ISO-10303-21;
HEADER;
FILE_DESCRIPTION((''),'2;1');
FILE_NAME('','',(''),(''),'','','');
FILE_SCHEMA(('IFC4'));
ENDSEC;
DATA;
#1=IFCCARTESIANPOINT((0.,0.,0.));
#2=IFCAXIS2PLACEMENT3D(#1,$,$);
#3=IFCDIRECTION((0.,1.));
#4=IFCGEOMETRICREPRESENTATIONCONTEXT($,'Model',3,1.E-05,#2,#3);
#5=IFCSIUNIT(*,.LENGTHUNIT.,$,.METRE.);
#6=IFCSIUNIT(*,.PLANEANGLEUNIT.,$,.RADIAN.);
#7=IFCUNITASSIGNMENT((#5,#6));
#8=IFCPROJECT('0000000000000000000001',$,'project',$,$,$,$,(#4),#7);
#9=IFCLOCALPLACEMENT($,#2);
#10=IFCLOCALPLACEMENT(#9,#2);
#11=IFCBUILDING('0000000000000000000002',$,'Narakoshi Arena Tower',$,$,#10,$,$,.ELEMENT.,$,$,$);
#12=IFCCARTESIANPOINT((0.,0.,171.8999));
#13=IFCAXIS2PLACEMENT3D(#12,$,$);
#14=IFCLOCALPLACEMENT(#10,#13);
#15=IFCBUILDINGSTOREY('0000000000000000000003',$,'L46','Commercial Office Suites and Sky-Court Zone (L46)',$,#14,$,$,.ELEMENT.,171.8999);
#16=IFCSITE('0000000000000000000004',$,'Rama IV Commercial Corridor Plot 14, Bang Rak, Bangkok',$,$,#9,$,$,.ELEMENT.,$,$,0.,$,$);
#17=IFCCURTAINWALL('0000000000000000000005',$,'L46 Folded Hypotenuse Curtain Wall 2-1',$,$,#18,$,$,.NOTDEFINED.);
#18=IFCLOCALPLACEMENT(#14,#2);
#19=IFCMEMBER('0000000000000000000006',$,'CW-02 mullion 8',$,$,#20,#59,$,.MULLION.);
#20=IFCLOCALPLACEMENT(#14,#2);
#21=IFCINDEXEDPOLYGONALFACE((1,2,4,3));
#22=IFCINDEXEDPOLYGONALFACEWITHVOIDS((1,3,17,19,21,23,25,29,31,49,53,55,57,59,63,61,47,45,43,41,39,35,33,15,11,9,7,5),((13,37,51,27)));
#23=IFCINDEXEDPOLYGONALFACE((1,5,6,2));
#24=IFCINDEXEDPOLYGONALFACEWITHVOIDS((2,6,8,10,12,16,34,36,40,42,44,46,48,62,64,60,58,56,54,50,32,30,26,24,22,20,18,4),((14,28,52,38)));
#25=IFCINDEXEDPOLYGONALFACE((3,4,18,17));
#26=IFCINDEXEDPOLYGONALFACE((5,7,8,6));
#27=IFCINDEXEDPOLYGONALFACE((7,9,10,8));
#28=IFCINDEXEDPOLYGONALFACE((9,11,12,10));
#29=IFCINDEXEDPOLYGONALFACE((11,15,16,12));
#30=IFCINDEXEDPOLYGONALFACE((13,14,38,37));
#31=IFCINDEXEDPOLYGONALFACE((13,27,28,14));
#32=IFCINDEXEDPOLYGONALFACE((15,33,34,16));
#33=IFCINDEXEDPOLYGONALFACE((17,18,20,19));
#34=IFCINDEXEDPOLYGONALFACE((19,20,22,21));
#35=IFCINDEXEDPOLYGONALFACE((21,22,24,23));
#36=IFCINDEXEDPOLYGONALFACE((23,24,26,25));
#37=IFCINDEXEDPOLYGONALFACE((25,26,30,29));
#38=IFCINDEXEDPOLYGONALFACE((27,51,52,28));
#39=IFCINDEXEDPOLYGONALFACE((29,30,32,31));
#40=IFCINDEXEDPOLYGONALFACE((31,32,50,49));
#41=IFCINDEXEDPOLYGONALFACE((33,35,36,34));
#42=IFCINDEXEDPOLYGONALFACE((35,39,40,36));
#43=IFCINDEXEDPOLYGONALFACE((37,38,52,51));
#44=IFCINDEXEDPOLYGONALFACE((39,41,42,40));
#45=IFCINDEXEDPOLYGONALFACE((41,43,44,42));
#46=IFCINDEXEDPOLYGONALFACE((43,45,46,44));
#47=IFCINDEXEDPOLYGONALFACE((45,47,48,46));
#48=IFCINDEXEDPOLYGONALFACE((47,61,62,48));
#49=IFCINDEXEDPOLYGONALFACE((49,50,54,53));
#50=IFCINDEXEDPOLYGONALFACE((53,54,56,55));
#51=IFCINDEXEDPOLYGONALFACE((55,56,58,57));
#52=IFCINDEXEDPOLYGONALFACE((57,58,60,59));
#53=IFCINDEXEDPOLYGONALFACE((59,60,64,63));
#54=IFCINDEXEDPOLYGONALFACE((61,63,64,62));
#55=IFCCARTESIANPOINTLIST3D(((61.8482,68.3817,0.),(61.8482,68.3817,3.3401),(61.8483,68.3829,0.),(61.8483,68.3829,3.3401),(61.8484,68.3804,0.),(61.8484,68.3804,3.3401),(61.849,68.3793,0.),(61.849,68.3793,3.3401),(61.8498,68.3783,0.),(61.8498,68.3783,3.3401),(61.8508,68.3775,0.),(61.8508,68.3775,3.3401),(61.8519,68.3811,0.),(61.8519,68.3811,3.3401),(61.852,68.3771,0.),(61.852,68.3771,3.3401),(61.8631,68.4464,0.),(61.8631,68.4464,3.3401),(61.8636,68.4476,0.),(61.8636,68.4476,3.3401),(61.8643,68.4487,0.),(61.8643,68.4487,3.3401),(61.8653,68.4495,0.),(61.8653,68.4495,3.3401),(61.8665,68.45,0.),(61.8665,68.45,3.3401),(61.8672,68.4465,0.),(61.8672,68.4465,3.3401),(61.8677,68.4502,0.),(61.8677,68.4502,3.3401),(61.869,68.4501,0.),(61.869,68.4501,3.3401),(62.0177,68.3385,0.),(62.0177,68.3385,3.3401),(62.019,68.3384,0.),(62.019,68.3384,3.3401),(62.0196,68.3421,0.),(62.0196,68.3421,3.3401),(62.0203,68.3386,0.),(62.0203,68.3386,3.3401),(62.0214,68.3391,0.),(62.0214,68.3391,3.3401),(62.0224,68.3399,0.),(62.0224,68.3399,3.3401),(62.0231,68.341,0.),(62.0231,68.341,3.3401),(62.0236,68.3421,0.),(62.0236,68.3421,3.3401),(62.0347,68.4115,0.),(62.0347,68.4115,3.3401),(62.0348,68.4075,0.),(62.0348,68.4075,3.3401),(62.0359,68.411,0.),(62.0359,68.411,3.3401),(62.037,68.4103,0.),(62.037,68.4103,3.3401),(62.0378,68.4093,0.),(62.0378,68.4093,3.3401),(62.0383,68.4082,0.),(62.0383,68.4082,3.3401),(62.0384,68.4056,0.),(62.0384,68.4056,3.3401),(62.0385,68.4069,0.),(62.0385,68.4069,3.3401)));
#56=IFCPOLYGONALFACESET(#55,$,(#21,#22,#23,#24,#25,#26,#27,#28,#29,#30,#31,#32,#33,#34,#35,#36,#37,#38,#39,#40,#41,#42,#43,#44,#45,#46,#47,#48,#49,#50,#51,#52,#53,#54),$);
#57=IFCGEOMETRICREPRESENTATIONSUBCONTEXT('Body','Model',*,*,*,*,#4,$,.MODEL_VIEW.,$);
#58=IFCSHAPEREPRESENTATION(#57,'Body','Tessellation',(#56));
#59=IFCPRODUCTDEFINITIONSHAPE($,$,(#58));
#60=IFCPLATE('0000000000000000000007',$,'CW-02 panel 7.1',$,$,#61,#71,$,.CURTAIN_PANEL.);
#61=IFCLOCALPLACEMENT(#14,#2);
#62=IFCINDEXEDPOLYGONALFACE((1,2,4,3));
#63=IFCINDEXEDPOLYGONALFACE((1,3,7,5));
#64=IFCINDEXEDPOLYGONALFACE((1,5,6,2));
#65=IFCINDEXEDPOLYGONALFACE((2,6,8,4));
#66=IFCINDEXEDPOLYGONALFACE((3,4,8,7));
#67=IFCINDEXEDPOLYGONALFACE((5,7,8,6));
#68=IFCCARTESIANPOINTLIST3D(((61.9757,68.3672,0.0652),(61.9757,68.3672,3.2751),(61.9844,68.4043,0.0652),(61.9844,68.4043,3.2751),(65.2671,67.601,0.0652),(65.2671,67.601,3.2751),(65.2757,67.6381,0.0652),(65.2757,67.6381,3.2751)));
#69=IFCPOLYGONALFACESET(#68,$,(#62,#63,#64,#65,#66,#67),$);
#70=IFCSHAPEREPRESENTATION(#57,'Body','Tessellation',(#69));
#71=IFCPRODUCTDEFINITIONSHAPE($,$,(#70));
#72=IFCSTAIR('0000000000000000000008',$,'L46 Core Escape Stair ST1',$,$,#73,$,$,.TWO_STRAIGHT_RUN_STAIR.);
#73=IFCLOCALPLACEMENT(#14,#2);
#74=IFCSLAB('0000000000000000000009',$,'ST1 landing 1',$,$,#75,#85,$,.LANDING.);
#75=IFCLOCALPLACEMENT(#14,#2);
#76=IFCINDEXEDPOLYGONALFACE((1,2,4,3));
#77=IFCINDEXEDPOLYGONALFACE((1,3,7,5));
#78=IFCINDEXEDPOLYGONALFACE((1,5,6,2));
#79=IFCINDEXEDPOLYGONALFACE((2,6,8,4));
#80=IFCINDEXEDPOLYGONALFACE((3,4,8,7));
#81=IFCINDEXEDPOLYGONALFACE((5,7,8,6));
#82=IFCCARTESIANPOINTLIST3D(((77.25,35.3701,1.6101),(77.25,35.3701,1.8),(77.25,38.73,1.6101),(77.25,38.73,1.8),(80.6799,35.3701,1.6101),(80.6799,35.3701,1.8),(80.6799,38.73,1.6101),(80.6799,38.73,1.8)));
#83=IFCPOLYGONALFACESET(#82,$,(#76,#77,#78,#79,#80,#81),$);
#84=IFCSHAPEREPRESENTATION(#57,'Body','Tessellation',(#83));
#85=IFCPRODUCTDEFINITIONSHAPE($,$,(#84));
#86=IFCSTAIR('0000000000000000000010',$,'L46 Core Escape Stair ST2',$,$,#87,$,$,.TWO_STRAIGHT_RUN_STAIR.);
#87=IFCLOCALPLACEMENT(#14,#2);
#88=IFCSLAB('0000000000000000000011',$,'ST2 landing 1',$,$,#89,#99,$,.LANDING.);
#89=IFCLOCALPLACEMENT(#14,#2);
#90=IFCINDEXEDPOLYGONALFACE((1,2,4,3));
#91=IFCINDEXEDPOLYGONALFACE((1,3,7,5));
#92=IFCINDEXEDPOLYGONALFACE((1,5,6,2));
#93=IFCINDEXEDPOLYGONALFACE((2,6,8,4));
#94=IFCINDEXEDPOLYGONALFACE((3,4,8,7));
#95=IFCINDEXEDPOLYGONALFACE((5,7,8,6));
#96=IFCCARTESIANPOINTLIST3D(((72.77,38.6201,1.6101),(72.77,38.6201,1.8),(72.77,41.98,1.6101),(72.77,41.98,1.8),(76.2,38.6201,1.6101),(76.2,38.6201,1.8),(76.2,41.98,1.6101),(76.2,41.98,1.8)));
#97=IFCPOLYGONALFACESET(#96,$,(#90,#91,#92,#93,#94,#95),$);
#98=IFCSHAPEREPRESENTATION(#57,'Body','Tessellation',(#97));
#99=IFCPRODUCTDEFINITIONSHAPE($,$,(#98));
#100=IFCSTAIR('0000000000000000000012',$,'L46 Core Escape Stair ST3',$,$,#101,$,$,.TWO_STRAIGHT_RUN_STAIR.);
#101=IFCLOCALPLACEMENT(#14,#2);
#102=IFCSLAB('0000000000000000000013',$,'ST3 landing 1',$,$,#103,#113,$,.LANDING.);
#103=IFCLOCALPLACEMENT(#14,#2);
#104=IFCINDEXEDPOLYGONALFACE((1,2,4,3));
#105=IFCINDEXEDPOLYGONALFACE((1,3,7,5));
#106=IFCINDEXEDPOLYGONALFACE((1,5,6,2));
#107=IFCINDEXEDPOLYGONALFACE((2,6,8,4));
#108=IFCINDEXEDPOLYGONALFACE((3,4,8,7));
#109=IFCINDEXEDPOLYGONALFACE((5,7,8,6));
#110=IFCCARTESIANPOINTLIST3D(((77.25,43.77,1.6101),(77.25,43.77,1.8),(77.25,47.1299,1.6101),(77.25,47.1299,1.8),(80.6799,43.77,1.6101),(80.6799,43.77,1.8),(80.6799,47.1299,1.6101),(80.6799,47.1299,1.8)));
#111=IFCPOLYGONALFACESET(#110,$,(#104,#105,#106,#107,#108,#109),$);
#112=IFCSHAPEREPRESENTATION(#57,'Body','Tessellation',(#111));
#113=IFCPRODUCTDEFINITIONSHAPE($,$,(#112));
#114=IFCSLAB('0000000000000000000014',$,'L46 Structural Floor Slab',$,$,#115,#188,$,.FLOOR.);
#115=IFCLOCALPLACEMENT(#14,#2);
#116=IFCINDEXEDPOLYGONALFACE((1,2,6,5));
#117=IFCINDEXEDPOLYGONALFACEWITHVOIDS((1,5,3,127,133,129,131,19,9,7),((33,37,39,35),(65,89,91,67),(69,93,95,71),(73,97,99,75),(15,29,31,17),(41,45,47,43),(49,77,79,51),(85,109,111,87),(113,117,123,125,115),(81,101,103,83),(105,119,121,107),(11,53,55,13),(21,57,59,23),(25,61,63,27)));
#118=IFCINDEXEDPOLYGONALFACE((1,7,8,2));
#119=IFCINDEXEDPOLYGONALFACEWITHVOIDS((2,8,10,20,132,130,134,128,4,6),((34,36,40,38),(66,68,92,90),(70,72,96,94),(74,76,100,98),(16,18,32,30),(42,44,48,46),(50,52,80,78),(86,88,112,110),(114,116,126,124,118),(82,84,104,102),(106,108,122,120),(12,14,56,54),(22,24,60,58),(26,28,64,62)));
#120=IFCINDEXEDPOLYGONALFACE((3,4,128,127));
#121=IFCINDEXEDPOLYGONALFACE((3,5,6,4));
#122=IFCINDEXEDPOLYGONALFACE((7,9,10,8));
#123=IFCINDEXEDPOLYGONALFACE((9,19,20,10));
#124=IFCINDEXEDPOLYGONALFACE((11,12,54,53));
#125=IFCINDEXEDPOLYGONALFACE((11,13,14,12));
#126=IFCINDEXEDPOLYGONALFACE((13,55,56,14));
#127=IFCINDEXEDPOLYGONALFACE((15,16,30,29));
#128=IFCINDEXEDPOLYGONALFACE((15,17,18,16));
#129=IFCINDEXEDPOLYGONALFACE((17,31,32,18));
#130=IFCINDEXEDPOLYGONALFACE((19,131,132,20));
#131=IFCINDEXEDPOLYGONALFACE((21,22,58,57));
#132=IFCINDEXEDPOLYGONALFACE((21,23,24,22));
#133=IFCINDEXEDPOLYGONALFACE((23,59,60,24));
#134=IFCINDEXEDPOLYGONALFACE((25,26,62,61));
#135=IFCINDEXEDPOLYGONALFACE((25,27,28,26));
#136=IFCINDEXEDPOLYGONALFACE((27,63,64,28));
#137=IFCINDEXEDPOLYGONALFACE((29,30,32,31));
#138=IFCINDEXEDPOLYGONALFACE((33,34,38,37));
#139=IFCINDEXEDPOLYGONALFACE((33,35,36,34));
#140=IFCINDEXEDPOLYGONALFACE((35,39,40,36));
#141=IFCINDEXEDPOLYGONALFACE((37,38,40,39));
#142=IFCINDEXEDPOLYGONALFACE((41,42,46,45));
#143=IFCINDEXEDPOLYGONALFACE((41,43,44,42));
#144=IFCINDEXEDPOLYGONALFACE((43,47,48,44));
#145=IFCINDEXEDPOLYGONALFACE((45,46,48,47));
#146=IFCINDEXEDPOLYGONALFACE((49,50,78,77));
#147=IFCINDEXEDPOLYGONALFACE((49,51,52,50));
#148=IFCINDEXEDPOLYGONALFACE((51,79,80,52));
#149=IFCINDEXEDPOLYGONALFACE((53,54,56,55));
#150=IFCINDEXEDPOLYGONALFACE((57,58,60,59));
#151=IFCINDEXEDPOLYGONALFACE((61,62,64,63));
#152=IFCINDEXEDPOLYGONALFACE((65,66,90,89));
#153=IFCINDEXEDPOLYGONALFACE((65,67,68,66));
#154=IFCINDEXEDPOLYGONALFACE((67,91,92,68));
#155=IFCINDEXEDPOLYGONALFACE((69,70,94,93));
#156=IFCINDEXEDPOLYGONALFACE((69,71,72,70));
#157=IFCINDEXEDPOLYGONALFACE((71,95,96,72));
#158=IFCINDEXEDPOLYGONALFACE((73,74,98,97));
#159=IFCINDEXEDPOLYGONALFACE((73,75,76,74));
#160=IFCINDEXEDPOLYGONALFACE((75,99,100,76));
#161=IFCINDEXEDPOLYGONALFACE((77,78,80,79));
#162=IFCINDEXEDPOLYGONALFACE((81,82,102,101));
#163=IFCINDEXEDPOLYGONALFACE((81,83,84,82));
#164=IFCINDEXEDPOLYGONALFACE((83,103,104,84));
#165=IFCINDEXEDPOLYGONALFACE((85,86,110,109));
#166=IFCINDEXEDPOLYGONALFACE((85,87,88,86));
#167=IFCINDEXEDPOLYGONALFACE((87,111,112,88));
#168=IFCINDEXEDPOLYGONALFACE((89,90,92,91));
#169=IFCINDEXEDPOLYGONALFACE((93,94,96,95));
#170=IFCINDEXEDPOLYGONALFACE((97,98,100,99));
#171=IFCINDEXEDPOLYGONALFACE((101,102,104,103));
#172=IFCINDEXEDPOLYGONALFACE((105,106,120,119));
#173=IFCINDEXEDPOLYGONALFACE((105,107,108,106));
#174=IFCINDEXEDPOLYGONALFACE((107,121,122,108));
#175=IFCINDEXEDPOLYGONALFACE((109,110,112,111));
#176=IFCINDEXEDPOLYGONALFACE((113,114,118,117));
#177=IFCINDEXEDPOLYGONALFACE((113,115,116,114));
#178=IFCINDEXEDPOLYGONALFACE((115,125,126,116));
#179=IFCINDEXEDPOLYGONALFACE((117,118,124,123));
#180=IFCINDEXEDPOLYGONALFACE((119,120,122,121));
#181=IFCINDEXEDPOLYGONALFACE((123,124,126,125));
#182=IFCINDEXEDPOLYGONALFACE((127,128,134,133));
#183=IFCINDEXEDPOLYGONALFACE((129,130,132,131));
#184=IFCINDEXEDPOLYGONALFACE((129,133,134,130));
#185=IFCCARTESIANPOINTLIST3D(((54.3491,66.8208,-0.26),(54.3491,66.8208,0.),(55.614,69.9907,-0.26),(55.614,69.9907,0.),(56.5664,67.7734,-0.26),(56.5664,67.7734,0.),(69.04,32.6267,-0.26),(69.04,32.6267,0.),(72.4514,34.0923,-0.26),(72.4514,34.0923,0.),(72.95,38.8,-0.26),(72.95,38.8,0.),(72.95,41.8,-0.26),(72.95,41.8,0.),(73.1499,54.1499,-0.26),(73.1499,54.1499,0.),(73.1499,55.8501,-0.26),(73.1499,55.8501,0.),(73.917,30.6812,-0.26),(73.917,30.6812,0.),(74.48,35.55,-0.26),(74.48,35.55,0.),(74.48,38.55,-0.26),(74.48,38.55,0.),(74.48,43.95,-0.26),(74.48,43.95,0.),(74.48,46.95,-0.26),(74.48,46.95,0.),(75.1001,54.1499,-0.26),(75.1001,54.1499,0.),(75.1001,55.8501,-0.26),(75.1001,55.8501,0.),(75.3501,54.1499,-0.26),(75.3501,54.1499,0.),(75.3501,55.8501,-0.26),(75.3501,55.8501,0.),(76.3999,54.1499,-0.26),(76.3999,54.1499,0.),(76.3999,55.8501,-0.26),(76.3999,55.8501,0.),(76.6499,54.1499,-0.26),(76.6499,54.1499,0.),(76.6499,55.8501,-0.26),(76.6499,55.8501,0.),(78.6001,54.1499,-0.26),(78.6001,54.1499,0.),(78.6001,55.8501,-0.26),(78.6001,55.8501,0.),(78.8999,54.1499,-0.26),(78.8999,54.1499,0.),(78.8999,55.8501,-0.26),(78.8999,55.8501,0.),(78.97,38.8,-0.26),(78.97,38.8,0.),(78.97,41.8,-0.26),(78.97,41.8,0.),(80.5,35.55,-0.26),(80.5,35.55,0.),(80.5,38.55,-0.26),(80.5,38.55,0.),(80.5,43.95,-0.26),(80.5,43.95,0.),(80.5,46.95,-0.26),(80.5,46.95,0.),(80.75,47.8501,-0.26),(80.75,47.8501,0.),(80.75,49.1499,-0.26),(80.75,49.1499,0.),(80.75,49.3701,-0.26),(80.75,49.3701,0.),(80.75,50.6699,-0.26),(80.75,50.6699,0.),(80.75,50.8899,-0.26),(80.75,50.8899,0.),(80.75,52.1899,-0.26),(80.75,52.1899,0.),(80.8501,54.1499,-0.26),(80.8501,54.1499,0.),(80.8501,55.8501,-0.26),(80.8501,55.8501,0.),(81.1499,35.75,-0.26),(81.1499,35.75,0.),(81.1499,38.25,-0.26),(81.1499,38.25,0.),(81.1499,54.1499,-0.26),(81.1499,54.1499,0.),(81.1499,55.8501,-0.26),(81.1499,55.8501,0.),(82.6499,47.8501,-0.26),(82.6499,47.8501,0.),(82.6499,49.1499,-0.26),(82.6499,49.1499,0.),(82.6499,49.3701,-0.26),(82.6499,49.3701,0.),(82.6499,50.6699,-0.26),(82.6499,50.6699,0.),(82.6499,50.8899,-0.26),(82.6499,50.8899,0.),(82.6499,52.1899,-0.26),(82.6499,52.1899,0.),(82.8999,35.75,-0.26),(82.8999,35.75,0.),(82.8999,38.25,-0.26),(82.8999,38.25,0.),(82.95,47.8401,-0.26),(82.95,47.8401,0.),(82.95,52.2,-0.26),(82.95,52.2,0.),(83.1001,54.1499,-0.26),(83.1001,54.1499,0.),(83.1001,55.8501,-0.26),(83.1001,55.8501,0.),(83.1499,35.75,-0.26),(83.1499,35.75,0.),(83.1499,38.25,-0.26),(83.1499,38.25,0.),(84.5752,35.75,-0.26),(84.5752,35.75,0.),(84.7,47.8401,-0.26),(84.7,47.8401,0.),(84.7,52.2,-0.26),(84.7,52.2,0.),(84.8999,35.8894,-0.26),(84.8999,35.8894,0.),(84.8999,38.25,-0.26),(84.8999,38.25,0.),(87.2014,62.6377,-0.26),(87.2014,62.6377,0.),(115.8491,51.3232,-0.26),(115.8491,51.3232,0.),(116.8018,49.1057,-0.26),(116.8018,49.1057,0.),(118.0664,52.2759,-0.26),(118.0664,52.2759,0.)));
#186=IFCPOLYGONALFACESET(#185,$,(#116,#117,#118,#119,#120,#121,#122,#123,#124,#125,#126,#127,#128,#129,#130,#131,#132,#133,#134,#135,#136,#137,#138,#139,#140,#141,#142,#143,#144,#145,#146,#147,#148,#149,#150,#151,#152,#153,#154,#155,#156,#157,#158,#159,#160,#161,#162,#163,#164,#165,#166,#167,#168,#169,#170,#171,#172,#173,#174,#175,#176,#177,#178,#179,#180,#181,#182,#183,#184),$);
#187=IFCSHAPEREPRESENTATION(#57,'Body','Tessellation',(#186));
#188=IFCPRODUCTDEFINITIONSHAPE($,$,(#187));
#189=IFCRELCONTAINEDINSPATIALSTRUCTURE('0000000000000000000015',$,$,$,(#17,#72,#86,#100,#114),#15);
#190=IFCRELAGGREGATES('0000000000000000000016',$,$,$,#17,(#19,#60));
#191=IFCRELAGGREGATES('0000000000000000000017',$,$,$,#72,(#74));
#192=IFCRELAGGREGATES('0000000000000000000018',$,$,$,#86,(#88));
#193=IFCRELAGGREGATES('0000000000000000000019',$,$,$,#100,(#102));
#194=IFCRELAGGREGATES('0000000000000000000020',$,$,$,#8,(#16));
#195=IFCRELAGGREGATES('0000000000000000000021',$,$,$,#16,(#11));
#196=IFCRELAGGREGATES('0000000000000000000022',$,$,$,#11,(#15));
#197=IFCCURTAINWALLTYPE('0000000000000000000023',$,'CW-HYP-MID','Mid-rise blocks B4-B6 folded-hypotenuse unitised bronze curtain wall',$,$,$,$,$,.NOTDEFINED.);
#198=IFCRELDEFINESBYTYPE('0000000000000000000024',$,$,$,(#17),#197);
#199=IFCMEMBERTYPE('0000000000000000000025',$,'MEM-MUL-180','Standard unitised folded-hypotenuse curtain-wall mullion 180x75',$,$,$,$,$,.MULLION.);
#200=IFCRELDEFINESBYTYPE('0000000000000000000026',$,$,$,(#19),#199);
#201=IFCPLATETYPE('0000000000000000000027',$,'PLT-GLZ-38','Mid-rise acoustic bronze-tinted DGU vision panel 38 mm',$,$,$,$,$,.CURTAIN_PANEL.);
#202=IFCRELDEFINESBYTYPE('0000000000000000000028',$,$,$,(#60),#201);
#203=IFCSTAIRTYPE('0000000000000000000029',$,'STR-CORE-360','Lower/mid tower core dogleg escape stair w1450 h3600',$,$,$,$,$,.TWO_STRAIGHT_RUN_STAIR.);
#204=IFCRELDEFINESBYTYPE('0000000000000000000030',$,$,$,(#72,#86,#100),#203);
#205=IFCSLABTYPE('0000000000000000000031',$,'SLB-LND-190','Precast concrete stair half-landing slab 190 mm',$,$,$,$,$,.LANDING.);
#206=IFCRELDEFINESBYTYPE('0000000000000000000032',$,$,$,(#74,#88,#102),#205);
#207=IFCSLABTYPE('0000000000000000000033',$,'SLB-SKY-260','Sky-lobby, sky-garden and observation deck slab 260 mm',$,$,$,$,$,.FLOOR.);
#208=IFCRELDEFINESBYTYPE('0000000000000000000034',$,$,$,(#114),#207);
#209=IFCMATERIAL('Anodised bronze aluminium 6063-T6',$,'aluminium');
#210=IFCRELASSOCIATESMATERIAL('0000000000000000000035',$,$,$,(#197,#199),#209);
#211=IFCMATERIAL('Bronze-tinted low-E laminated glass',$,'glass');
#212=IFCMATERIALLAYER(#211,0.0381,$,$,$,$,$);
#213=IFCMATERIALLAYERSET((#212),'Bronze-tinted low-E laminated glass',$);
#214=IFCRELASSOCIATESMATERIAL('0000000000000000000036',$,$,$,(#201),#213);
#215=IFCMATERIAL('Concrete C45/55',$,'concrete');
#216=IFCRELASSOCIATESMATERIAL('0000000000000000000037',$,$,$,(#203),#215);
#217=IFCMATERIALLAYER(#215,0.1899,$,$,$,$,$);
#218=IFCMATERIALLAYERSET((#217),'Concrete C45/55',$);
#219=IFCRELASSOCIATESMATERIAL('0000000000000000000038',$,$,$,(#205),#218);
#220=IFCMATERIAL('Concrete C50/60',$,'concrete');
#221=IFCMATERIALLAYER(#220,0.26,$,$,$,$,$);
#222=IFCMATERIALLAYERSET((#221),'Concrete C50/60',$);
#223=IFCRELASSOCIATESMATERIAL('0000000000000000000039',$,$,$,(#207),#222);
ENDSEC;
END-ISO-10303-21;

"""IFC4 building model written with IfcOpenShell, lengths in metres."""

from ifc_helpers import new_model, si_unit, direction, frame, origin, origin_2d, place, context, subcontext, project, spatial, polyline, rectangle, hollow_rectangle, outline, extrude, material, layer, layer_set, material_profile, profile_set, type_object, element, aggregate, save


model = new_model("IFC4")

# Units and contexts
model_context = context("Model", 3, precision=1e-05, world=origin(), true_north=direction((0.0, 1.0)))
body_context = subcontext(model_context, "Body", "Model", "MODEL_VIEW")
ifc_project = project(units=[si_unit("LENGTHUNIT", "METRE"), si_unit("PLANEANGLEUNIT", "RADIAN")], contexts=[model_context])

# Site, building, storey
site_placement = place(None, origin())
site = spatial("IfcSite", under=ifc_project, at=site_placement, Name="Rama IV Commercial Corridor Plot 14, Bang Rak, Bangkok", CompositionType="ELEMENT", RefElevation=0.0)
building_placement = place(site_placement, origin())
building = spatial("IfcBuilding", under=site, at=building_placement, Name="Narakoshi Arena Tower", CompositionType="ELEMENT")
storey_placement = place(building_placement, frame((0.0, 0.0, 171.8999)))
storey = spatial("IfcBuildingStorey", under=building, at=storey_placement, Name="L46", Description="Commercial Office Suites and Sky-Court Zone (L46)", CompositionType="ELEMENT", Elevation=171.8999)

# Shared definitions
ifc_material_1 = material(Name="Concrete C50/60", Category="concrete")

# Curtain wall, member, plate
ifc_material_2 = material(Name="Anodised bronze aluminium 6063-T6", Category="aluminium")
curtain_wall_type = type_object("IfcCurtainWallType", Name="CW-HYP-MID", Description="Mid-rise blocks B4-B6 folded-hypotenuse unitised bronze curtain wall", PredefinedType="NOTDEFINED", material=ifc_material_2)
curtain_wall_placement = place(storey_placement, origin())
curtain_wall = element("IfcCurtainWall", 1, at=curtain_wall_placement, inside=storey, type_object=curtain_wall_type, Name="L46 Folded Hypotenuse Curtain Wall 2-1", PredefinedType="NOTDEFINED")
ifc_material_profile_1 = material_profile(ifc_material_2, hollow_rectangle(XDim=0.075, YDim=0.1799, WallThickness=0.0039, OuterFilletRadius=0.0049, at=origin_2d()), Name="MUL180x75x4")
ifc_profile_set_1 = profile_set([ifc_material_profile_1], Name="Anodised bronze aluminium 6063-T6")
member_type = type_object("IfcMemberType", Name="MEM-MUL-180", Description="Standard unitised folded-hypotenuse curtain-wall mullion 180x75", PredefinedType="MULLION", material=ifc_profile_set_1)
member_placement = place(storey_placement, frame((61.9434, 68.3943, 0.0), z_axis=(0.0, 0.0, 1.0), x_axis=(-0.226721, -0.97396, 0.0)))
member = element("IfcMember", 2, at=member_placement, type_object=member_type, Name="CW-02 mullion 8", PredefinedType="MULLION", context=body_context, shape_type="SweptSolid", body=[
    extrude(hollow_rectangle(XDim=0.075, YDim=0.1799, WallThickness=0.0039, OuterFilletRadius=0.0049, at=origin_2d()), origin(), (0.0, 0.0, 1.0), 3.3401),
])
ifc_material_3 = material(Name="Bronze-tinted low-E laminated glass", Category="glass")
ifc_layer_1 = layer(ifc_material_3, 0.0381)
ifc_layer_set_1 = layer_set([ifc_layer_1], Name="Bronze-tinted low-E laminated glass")
plate_type = type_object("IfcPlateType", Name="PLT-GLZ-38", Description="Mid-rise acoustic bronze-tinted DGU vision panel 38 mm", PredefinedType="CURTAIN_PANEL", material=ifc_layer_set_1)
plate_placement = place(storey_placement, frame((63.6257, 68.0027, 0.0652), z_axis=(0.0, 0.0, 1.0), x_axis=(-0.97396, 0.226721, 0.0)))
plate = element("IfcPlate", 3, at=plate_placement, type_object=plate_type, Name="CW-02 panel 7.1", PredefinedType="CURTAIN_PANEL", context=body_context, shape_type="SweptSolid", body=[
    extrude(rectangle(XDim=3.3794, YDim=0.0381, at=origin_2d()), origin(), (0.0, 0.0, 1.0), 3.21),
])
aggregate(curtain_wall, [member, plate])

# Stairs, slabs
ifc_material_4 = material(Name="Concrete C45/55", Category="concrete")
stair_type = type_object("IfcStairType", Name="STR-CORE-360", Description="Lower/mid tower core dogleg escape stair w1450 h3600", PredefinedType="TWO_STRAIGHT_RUN_STAIR", material=ifc_material_4)
stair_1_placement = place(storey_placement, origin())
stair_1 = element("IfcStair", 4, at=stair_1_placement, inside=storey, type_object=stair_type, Name="L46 Core Escape Stair ST1", PredefinedType="TWO_STRAIGHT_RUN_STAIR")
ifc_layer_2 = layer(ifc_material_4, 0.1899)
ifc_layer_set_2 = layer_set([ifc_layer_2], Name="Concrete C45/55")
slab_type_1 = type_object("IfcSlabType", Name="SLB-LND-190", Description="Precast concrete stair half-landing slab 190 mm", PredefinedType="LANDING", material=ifc_layer_set_2)
slab_1_placement = place(storey_placement, frame((0.0, 0.0, 1.6101)))
slab_1 = element("IfcSlab", 5, at=slab_1_placement, type_object=slab_type_1, Name="ST1 landing 1", PredefinedType="LANDING", context=body_context, shape_type="SweptSolid", body=[
    extrude(outline(polyline([(77.25, 35.3701), (80.6799, 35.3701), (80.6799, 38.73), (77.25, 38.73), (77.25, 35.3701)])), origin(), (0.0, 0.0, 1.0), 0.1899),
])
aggregate(stair_1, [slab_1])
stair_2_placement = place(storey_placement, origin())
stair_2 = element("IfcStair", 6, at=stair_2_placement, inside=storey, type_object=stair_type, Name="L46 Core Escape Stair ST2", PredefinedType="TWO_STRAIGHT_RUN_STAIR")
slab_2_placement = place(storey_placement, frame((0.0, 0.0, 1.6101)))
slab_2 = element("IfcSlab", 7, at=slab_2_placement, type_object=slab_type_1, Name="ST2 landing 1", PredefinedType="LANDING", context=body_context, shape_type="SweptSolid", body=[
    extrude(outline(polyline([(72.77, 38.6201), (76.2, 38.6201), (76.2, 41.98), (72.77, 41.98), (72.77, 38.6201)])), origin(), (0.0, 0.0, 1.0), 0.1899),
])
aggregate(stair_2, [slab_2])
stair_3_placement = place(storey_placement, origin())
stair_3 = element("IfcStair", 8, at=stair_3_placement, inside=storey, type_object=stair_type, Name="L46 Core Escape Stair ST3", PredefinedType="TWO_STRAIGHT_RUN_STAIR")
slab_3_placement = place(storey_placement, frame((0.0, 0.0, 1.6101)))
slab_3 = element("IfcSlab", 9, at=slab_3_placement, type_object=slab_type_1, Name="ST3 landing 1", PredefinedType="LANDING", context=body_context, shape_type="SweptSolid", body=[
    extrude(outline(polyline([(77.25, 43.77), (80.6799, 43.77), (80.6799, 47.1299), (77.25, 47.1299), (77.25, 43.77)])), origin(), (0.0, 0.0, 1.0), 0.1899),
])
aggregate(stair_3, [slab_3])

# Slab
ifc_layer_3 = layer(ifc_material_1, 0.26)
ifc_layer_set_3 = layer_set([ifc_layer_3], Name="Concrete C50/60")
slab_type_2 = type_object("IfcSlabType", Name="SLB-SKY-260", Description="Sky-lobby, sky-garden and observation deck slab 260 mm", PredefinedType="FLOOR", material=ifc_layer_set_3)
slab_4_placement = place(storey_placement, frame((0.0, 0.0, -0.26)))
element("IfcSlab", 10, at=slab_4_placement, inside=storey, type_object=slab_type_2, Name="L46 Structural Floor Slab", PredefinedType="FLOOR", context=body_context, shape_type="SweptSolid", body=[
    extrude(outline(polyline([(73.917, 30.6812), (116.8018, 49.1057), (115.8491, 51.3232), (118.0664, 52.2759), (87.2014, 62.6377), (55.614, 69.9907), (56.5664, 67.7734), (54.3491, 66.8208), (69.04, 32.6267), (72.4514, 34.0923), (73.917, 30.6812)]), holes=[polyline([(80.5, 35.55), (74.48, 35.55), (74.48, 38.55), (80.5, 38.55), (80.5, 35.55)]), polyline([(82.8999, 35.75), (81.1499, 35.75), (81.1499, 38.25), (82.8999, 38.25), (82.8999, 35.75)]), polyline([(84.5752, 35.75), (83.1499, 35.75), (83.1499, 38.25), (84.8999, 38.25), (84.8999, 35.8894), (84.5752, 35.75)]), polyline([(72.95, 38.8), (72.95, 41.8), (78.97, 41.8), (78.97, 38.8), (72.95, 38.8)]), polyline([(74.48, 43.95), (74.48, 46.95), (80.5, 46.95), (80.5, 43.95), (74.48, 43.95)]), polyline([(82.95, 47.8401), (82.95, 52.2), (84.7, 52.2), (84.7, 47.8401), (82.95, 47.8401)]), polyline([(80.75, 47.8501), (80.75, 49.1499), (82.6499, 49.1499), (82.6499, 47.8501), (80.75, 47.8501)]), polyline([(80.75, 49.3701), (80.75, 50.6699), (82.6499, 50.6699), (82.6499, 49.3701), (80.75, 49.3701)]), polyline([(80.75, 50.8899), (80.75, 52.1899), (82.6499, 52.1899), (82.6499, 50.8899), (80.75, 50.8899)]), polyline([(73.1499, 54.1499), (73.1499, 55.8501), (75.1001, 55.8501), (75.1001, 54.1499), (73.1499, 54.1499)]), polyline([(75.3501, 54.1499), (75.3501, 55.8501), (76.3999, 55.8501), (76.3999, 54.1499), (75.3501, 54.1499)]), polyline([(76.6499, 54.1499), (76.6499, 55.8501), (78.6001, 55.8501), (78.6001, 54.1499), (76.6499, 54.1499)]), polyline([(78.8999, 54.1499), (78.8999, 55.8501), (80.8501, 55.8501), (80.8501, 54.1499), (78.8999, 54.1499)]), polyline([(81.1499, 54.1499), (81.1499, 55.8501), (83.1001, 55.8501), (83.1001, 54.1499), (81.1499, 54.1499)])]), origin(), (0.0, 0.0, 1.0), 0.26),
])

save(model, "model.ifc")
